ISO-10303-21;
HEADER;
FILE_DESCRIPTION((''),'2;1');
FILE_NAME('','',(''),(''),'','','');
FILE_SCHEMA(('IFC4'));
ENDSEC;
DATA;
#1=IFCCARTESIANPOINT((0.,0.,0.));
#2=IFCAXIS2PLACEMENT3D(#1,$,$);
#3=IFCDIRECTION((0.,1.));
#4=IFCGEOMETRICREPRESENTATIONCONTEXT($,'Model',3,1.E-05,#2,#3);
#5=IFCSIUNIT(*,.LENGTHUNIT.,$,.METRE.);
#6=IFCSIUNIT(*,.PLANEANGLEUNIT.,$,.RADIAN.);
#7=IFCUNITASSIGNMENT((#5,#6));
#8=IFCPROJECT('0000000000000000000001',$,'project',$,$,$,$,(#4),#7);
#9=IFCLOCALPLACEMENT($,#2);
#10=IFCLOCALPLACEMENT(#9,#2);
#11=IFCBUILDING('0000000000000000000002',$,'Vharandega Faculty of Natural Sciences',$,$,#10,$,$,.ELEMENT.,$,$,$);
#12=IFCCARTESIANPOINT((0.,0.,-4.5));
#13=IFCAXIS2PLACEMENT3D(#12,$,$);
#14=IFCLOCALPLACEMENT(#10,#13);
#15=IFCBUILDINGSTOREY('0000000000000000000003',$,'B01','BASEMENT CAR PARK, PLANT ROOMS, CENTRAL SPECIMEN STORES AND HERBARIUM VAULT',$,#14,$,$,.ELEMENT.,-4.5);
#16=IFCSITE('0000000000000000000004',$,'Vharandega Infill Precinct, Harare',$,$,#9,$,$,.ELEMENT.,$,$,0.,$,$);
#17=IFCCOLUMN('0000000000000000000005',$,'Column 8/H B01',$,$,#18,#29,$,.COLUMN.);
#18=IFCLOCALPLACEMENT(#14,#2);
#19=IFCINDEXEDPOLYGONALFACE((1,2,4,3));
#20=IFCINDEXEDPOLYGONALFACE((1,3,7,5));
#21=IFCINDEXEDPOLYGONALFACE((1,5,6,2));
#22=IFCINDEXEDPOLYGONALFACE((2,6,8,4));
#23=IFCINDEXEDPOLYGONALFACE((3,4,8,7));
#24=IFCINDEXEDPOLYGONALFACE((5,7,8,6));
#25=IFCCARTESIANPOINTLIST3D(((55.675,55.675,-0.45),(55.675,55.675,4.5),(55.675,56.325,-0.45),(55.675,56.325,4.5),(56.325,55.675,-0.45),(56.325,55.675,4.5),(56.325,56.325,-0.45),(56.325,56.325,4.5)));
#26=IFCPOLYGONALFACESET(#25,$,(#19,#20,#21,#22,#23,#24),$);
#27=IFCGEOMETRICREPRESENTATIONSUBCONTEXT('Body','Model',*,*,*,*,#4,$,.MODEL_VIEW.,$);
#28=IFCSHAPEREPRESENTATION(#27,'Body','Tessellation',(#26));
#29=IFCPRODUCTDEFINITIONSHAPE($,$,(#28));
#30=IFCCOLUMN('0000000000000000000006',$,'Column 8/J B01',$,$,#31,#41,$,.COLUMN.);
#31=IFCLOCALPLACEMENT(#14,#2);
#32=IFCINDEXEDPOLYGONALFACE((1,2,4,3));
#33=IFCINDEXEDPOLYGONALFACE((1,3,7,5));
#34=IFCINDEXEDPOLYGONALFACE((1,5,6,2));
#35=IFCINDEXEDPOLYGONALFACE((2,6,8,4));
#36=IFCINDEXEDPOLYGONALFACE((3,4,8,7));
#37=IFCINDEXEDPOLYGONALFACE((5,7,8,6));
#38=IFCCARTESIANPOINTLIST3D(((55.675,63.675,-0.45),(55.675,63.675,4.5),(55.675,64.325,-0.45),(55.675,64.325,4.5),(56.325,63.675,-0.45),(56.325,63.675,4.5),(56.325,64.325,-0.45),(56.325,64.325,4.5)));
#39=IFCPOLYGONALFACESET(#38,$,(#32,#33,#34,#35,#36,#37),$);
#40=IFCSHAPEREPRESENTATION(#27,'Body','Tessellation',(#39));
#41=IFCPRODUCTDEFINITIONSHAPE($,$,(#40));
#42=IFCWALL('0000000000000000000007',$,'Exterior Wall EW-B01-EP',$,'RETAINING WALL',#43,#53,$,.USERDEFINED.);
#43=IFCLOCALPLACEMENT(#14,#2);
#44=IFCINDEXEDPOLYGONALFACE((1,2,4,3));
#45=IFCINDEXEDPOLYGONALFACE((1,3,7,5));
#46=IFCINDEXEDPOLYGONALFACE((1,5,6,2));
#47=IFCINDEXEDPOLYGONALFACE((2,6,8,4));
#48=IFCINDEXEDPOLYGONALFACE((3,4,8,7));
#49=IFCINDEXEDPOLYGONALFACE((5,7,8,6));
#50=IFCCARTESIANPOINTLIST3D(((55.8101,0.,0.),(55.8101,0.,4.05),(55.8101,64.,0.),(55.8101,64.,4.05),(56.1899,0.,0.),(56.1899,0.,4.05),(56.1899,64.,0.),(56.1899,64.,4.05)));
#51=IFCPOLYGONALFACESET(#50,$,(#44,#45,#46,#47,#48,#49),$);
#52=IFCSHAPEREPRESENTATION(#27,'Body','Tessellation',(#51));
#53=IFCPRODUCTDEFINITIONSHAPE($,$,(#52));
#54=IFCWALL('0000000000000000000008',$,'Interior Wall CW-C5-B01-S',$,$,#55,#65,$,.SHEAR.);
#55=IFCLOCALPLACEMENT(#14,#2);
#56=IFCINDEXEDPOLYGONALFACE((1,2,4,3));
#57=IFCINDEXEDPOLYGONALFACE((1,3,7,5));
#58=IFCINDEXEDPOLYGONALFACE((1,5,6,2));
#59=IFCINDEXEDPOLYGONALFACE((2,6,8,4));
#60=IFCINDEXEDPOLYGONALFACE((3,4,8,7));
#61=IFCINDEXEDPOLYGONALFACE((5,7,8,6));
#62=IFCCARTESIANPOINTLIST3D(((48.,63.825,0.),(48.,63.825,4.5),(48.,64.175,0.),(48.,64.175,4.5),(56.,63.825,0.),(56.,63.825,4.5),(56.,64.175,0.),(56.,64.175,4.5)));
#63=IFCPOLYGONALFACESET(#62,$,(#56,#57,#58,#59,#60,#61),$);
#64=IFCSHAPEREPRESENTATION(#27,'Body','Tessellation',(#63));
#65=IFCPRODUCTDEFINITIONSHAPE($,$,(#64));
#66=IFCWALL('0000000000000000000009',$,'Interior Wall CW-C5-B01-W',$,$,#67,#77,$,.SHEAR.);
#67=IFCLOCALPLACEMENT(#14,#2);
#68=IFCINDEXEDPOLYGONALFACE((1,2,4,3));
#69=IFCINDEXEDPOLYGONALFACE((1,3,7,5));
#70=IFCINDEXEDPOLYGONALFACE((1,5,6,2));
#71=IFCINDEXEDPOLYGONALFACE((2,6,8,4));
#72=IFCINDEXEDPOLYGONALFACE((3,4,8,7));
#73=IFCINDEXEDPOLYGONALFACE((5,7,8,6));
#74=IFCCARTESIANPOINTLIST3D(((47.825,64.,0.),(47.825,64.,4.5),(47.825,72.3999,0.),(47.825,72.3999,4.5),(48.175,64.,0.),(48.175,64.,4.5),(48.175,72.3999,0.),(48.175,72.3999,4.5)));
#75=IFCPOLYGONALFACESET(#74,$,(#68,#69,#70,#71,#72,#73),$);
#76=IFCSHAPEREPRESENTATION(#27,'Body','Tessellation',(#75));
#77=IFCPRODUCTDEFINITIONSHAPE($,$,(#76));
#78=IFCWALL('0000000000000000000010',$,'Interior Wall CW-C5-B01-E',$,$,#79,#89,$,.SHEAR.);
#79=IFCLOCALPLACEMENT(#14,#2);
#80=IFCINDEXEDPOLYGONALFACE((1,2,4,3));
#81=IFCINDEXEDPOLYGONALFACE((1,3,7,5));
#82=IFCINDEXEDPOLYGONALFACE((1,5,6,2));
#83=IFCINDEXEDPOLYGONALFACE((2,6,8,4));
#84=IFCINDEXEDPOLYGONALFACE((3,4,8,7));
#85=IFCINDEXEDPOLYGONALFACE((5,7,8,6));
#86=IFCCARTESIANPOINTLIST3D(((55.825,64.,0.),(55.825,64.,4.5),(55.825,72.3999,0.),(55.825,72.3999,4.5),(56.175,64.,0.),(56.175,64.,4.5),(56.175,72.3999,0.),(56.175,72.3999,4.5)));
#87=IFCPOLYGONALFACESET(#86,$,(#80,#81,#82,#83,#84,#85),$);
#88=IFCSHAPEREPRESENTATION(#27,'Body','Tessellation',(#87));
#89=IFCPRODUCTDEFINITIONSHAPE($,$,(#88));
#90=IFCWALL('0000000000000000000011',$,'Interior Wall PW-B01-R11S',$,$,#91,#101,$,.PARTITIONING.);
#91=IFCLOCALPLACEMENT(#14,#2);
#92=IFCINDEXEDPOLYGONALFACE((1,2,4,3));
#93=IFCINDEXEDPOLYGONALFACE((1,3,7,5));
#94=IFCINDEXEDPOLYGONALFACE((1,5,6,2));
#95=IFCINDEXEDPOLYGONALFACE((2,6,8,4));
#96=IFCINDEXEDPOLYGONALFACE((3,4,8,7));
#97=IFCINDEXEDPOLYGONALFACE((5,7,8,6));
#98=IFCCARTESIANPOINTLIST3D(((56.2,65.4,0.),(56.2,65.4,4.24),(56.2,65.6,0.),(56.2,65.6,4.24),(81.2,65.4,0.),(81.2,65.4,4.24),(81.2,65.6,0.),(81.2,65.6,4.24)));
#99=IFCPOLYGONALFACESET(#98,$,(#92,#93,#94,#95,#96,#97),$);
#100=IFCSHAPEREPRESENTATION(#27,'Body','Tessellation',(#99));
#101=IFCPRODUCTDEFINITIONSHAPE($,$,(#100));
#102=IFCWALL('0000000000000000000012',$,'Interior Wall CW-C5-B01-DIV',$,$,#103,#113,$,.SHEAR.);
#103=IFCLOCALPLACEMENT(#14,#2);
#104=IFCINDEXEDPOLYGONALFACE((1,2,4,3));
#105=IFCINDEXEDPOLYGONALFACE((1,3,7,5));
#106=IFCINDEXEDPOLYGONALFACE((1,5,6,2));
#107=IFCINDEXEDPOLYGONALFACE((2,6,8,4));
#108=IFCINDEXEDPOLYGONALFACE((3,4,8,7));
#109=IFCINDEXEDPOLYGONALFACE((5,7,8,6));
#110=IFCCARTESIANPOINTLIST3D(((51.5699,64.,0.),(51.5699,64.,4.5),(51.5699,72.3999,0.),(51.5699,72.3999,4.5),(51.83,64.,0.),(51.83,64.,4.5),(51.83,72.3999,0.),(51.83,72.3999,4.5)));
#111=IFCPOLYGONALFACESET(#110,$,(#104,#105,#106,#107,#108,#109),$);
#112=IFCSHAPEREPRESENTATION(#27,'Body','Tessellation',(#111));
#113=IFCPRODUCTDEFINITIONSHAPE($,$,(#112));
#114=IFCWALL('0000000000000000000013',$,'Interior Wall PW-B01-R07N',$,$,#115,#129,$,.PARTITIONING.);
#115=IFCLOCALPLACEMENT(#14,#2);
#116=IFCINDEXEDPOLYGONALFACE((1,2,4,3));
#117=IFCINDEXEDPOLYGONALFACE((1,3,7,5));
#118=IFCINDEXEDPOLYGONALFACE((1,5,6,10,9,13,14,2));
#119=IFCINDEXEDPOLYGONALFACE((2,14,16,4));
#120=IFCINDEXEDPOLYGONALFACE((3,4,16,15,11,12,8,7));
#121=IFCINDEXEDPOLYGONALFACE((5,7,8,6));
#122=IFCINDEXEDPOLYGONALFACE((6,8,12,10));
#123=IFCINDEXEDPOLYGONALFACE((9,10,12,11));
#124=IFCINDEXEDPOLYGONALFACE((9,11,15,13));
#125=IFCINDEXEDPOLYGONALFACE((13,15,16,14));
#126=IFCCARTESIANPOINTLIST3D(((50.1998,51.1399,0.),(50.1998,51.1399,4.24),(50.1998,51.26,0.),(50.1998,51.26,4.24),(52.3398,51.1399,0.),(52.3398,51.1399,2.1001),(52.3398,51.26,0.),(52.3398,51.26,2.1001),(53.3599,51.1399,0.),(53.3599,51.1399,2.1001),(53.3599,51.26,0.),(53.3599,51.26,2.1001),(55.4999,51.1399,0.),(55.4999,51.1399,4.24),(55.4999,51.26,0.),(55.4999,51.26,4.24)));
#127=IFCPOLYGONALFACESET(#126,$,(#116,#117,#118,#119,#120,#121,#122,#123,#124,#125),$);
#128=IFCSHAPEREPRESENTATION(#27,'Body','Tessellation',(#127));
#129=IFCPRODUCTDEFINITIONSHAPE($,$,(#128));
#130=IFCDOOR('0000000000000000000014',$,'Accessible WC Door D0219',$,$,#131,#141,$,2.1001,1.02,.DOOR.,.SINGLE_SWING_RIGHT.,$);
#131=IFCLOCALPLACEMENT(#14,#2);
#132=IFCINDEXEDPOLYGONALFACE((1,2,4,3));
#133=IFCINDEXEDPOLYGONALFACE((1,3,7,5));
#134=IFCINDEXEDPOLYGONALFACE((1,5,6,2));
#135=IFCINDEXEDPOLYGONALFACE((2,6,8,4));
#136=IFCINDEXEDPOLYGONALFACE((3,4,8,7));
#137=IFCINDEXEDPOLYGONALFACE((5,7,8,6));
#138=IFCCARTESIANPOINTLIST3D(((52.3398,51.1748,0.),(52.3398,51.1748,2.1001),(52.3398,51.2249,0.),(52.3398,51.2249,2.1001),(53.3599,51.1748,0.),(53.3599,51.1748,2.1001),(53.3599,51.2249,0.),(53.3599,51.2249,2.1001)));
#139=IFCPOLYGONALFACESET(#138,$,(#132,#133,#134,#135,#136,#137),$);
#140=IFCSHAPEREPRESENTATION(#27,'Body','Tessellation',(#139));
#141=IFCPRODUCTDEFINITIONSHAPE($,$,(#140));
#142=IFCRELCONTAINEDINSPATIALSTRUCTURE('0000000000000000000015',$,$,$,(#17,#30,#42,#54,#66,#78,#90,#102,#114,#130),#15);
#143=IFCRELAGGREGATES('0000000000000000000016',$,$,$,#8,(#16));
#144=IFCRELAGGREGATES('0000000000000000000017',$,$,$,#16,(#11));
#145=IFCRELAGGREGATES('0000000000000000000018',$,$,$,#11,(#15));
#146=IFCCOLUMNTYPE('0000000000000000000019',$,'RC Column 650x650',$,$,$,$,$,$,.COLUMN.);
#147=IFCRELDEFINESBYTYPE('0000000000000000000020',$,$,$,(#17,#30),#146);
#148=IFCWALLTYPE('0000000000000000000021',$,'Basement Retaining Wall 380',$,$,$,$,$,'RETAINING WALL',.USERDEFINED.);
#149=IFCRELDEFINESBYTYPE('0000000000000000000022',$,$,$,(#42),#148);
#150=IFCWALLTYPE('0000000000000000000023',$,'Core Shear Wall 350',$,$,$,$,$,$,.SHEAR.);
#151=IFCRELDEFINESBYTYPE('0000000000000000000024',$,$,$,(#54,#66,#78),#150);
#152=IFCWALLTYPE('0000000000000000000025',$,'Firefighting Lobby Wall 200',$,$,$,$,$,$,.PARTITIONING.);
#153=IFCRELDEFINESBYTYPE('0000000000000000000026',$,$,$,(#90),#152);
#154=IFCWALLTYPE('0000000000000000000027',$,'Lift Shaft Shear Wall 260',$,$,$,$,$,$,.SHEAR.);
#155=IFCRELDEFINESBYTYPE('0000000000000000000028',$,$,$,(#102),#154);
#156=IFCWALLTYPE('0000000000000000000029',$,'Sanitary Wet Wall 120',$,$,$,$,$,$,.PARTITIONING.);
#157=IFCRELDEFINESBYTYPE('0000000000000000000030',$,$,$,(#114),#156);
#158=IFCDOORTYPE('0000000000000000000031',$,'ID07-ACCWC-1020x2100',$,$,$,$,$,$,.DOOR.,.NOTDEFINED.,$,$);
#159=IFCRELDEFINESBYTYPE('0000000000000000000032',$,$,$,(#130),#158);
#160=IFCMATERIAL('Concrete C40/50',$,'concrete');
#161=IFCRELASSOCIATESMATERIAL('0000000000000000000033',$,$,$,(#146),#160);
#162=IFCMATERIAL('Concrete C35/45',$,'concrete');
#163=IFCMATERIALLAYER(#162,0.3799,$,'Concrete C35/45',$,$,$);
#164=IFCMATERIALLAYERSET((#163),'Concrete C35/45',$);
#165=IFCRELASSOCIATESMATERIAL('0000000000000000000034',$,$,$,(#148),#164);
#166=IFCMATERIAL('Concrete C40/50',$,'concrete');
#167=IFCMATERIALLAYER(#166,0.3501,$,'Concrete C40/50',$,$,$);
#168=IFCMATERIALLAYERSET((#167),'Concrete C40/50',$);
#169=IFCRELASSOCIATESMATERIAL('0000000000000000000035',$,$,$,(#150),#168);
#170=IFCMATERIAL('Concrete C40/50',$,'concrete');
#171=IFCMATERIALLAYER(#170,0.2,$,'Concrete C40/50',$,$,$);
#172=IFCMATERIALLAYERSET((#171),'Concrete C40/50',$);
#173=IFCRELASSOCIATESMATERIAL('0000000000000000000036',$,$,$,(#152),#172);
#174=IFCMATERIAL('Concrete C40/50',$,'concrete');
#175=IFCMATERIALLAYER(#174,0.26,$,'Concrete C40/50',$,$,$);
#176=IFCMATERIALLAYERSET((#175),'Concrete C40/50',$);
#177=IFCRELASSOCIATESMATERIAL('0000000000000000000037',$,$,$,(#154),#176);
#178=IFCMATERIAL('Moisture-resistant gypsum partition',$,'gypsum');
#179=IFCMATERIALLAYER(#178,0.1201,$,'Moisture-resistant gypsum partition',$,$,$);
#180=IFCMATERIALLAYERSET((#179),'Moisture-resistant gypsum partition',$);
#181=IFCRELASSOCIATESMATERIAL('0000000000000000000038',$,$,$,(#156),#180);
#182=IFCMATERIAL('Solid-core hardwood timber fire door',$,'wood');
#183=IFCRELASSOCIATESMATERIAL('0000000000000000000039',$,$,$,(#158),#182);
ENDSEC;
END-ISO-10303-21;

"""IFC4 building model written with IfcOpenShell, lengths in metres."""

from ifc_helpers import new_model, si_unit, direction, frame, frame_2d, origin, origin_2d, place, context, subcontext, project, spatial, rectangle, extrude, material, layer, layer_set, material_profile, profile_set, type_object, element, fill, save


model = new_model("IFC4")

# Units and contexts
model_context = context("Model", 3, precision=1e-05, world=origin(), true_north=direction((0.0, 1.0)))
body_context = subcontext(model_context, "Body", "Model", "MODEL_VIEW")
ifc_project = project(units=[si_unit("LENGTHUNIT", "METRE"), si_unit("PLANEANGLEUNIT", "RADIAN")], contexts=[model_context])

# Site, building, storey
site_placement = place(None, origin())
site = spatial("IfcSite", under=ifc_project, at=site_placement, Name="Vharandega Infill Precinct, Harare", CompositionType="ELEMENT", RefElevation=0.0)
building_placement = place(site_placement, origin())
building = spatial("IfcBuilding", under=site, at=building_placement, Name="Vharandega Faculty of Natural Sciences", CompositionType="ELEMENT")
storey_placement = place(building_placement, frame((0.0, 0.0, -4.5)))
storey = spatial("IfcBuildingStorey", under=building, at=storey_placement, Name="B01", Description="BASEMENT CAR PARK, PLANT ROOMS, CENTRAL SPECIMEN STORES AND HERBARIUM VAULT", CompositionType="ELEMENT", Elevation=-4.5)

# Columns
ifc_material_1 = material(Name="Concrete C40/50", Category="concrete")
ifc_material_profile_1 = material_profile(ifc_material_1, rectangle(XDim=0.6499, YDim=0.6499, at=origin_2d()), Name="RC 650x650")
ifc_profile_set_1 = profile_set([ifc_material_profile_1], Name="Concrete C40/50")
column_type = type_object("IfcColumnType", Name="RC Column 650x650", PredefinedType="COLUMN", material=ifc_profile_set_1)
for number, where, z_axis, x_axis, name in (
    (1, (56.0, 56.0, -0.45), (0.0, 0.0, 1.0), (1.0, 0.0, 0.0), "Column 8/H B01"),
    (2, (56.0, 64.0, -0.45), (0.0, 0.0, 1.0), (1.0, 0.0, 0.0), "Column 8/J B01"),
):
    element("IfcColumn", number, at=place(storey_placement, frame(where, z_axis=z_axis, x_axis=x_axis)), inside=storey, type_object=column_type, Name=name, PredefinedType="COLUMN", context=body_context, shape_type="SweptSolid", body=[
        extrude(rectangle(XDim=0.6499, YDim=0.6499, at=origin_2d()), origin(), (0.0, 0.0, 1.0), 4.95),
    ])

# Walls
ifc_material_2 = material(Name="Concrete C35/45", Category="concrete")
ifc_layer_1 = layer(ifc_material_2, 0.3799, Name="Concrete C35/45")
ifc_layer_set_1 = layer_set([ifc_layer_1], Name="Concrete C35/45")
wall_type_1 = type_object("IfcWallType", Name="Basement Retaining Wall 380", ElementType="RETAINING WALL", PredefinedType="USERDEFINED", material=ifc_layer_set_1)
wall_1_placement = place(storey_placement, frame((56.0, 64.0, 0.0), z_axis=(0.0, 0.0, 1.0), x_axis=(0.0, -1.0, 0.0)))
element("IfcWall", 3, at=wall_1_placement, inside=storey, type_object=wall_type_1, Name="Exterior Wall EW-B01-EP", ObjectType="RETAINING WALL", PredefinedType="USERDEFINED", context=body_context, shape_type="SweptSolid", body=[
    extrude(rectangle(XDim=64.0, YDim=0.3799, at=frame_2d((32.0, 0.0))), origin(), (0.0, 0.0, 1.0), 4.05),
])
ifc_material_3 = material(Name="Concrete C40/50", Category="concrete")
ifc_layer_2 = layer(ifc_material_3, 0.3501, Name="Concrete C40/50")
ifc_layer_set_2 = layer_set([ifc_layer_2], Name="Concrete C40/50")
wall_type_2 = type_object("IfcWallType", Name="Core Shear Wall 350", PredefinedType="SHEAR", material=ifc_layer_set_2)
wall_2_placement = place(storey_placement, frame((48.0, 64.0, 0.0), z_axis=(0.0, 0.0, 1.0), x_axis=(1.0, 0.0, 0.0)))
element("IfcWall", 4, at=wall_2_placement, inside=storey, type_object=wall_type_2, Name="Interior Wall CW-C5-B01-S", PredefinedType="SHEAR", context=body_context, shape_type="SweptSolid", body=[
    extrude(rectangle(XDim=8.0, YDim=0.3501, at=frame_2d((4.0, 0.0))), origin(), (0.0, 0.0, 1.0), 4.5),
])
for number, where, z_axis, x_axis, name in (
    (5, (48.0, 64.0, 0.0), (0.0, 0.0, 1.0), (0.0, 1.0, 0.0), "Interior Wall CW-C5-B01-W"),
    (6, (56.0, 64.0, 0.0), (0.0, 0.0, 1.0), (0.0, 1.0, 0.0), "Interior Wall CW-C5-B01-E"),
):
    element("IfcWall", number, at=place(storey_placement, frame(where, z_axis=z_axis, x_axis=x_axis)), inside=storey, type_object=wall_type_2, Name=name, PredefinedType="SHEAR", context=body_context, shape_type="SweptSolid", body=[
        extrude(rectangle(XDim=8.3999, YDim=0.3501, at=frame_2d((4.2, 0.0))), origin(), (0.0, 0.0, 1.0), 4.5),
    ])
ifc_material_4 = material(Name="Concrete C40/50", Category="concrete")
ifc_layer_3 = layer(ifc_material_4, 0.2, Name="Concrete C40/50")
ifc_layer_set_3 = layer_set([ifc_layer_3], Name="Concrete C40/50")
wall_type_3 = type_object("IfcWallType", Name="Firefighting Lobby Wall 200", PredefinedType="PARTITIONING", material=ifc_layer_set_3)
wall_3_placement = place(storey_placement, frame((56.2, 65.5, 0.0), z_axis=(0.0, 0.0, 1.0), x_axis=(1.0, 0.0, 0.0)))
element("IfcWall", 7, at=wall_3_placement, inside=storey, type_object=wall_type_3, Name="Interior Wall PW-B01-R11S", PredefinedType="PARTITIONING", context=body_context, shape_type="SweptSolid", body=[
    extrude(rectangle(XDim=25.0, YDim=0.2, at=frame_2d((12.5, 0.0))), origin(), (0.0, 0.0, 1.0), 4.24),
])
ifc_material_5 = material(Name="Concrete C40/50", Category="concrete")
ifc_layer_4 = layer(ifc_material_5, 0.26, Name="Concrete C40/50")
ifc_layer_set_4 = layer_set([ifc_layer_4], Name="Concrete C40/50")
wall_type_4 = type_object("IfcWallType", Name="Lift Shaft Shear Wall 260", PredefinedType="SHEAR", material=ifc_layer_set_4)
wall_4_placement = place(storey_placement, frame((51.7, 64.0, 0.0), z_axis=(0.0, 0.0, 1.0), x_axis=(0.0, 1.0, 0.0)))
element("IfcWall", 8, at=wall_4_placement, inside=storey, type_object=wall_type_4, Name="Interior Wall CW-C5-B01-DIV", PredefinedType="SHEAR", context=body_context, shape_type="SweptSolid", body=[
    extrude(rectangle(XDim=8.3999, YDim=0.26, at=frame_2d((4.2, 0.0))), origin(), (0.0, 0.0, 1.0), 4.5),
])

# Wall, opening, door
ifc_material_6 = material(Name="Moisture-resistant gypsum partition", Category="gypsum")
ifc_layer_5 = layer(ifc_material_6, 0.1201, Name="Moisture-resistant gypsum partition")
ifc_layer_set_5 = layer_set([ifc_layer_5], Name="Moisture-resistant gypsum partition")
wall_type_5 = type_object("IfcWallType", Name="Sanitary Wet Wall 120", PredefinedType="PARTITIONING", material=ifc_layer_set_5)
wall_5_placement = place(storey_placement, frame((50.2, 51.2, 0.0), z_axis=(0.0, 0.0, 1.0), x_axis=(1.0, 0.0, 0.0)))
wall_5 = element("IfcWall", 9, at=wall_5_placement, inside=storey, type_object=wall_type_5, Name="Interior Wall PW-B01-R07N", PredefinedType="PARTITIONING", context=body_context, shape_type="SweptSolid", body=[
    extrude(rectangle(XDim=5.3, YDim=0.1201, at=frame_2d((2.6499, 0.0))), origin(), (0.0, 0.0, 1.0), 4.24),
])
opening_placement = place(wall_5_placement, frame((2.1399, 0.0, 0.0)))
opening = element("IfcOpeningElement", 10, at=opening_placement, cuts=wall_5, PredefinedType="OPENING", context=body_context, shape_type="SweptSolid", body=[
    extrude(rectangle(XDim=1.02, YDim=2.1001, at=frame_2d((0.51, 1.05))), frame((0.0, 0.0701, 0.0), z_axis=(0.0, -1.0, 0.0), x_axis=(1.0, 0.0, 0.0)), (0.0, 0.0, 1.0), 0.1401),
])
ifc_material_7 = material(Name="Solid-core hardwood timber fire door", Category="wood")
door_type = type_object("IfcDoorType", Name="ID07-ACCWC-1020x2100", OperationType="NOTDEFINED", PredefinedType="DOOR", material=ifc_material_7)
door_placement = place(opening_placement, origin())
door = element("IfcDoor", 11, at=door_placement, inside=storey, type_object=door_type, Name="Accessible WC Door D0219", OperationType="SINGLE_SWING_RIGHT", OverallHeight=2.1001, OverallWidth=1.02, PredefinedType="DOOR", context=body_context, shape_type="SweptSolid", body=[
    extrude(rectangle(XDim=1.02, YDim=2.1001, at=frame_2d((0.51, 1.05))), frame((0.0, 0.0249, 0.0), z_axis=(0.0, -1.0, 0.0), x_axis=(1.0, 0.0, 0.0)), (0.0, 0.0, 1.0), 0.05),
])
fill(opening, door)

save(model, "model.ifc")
